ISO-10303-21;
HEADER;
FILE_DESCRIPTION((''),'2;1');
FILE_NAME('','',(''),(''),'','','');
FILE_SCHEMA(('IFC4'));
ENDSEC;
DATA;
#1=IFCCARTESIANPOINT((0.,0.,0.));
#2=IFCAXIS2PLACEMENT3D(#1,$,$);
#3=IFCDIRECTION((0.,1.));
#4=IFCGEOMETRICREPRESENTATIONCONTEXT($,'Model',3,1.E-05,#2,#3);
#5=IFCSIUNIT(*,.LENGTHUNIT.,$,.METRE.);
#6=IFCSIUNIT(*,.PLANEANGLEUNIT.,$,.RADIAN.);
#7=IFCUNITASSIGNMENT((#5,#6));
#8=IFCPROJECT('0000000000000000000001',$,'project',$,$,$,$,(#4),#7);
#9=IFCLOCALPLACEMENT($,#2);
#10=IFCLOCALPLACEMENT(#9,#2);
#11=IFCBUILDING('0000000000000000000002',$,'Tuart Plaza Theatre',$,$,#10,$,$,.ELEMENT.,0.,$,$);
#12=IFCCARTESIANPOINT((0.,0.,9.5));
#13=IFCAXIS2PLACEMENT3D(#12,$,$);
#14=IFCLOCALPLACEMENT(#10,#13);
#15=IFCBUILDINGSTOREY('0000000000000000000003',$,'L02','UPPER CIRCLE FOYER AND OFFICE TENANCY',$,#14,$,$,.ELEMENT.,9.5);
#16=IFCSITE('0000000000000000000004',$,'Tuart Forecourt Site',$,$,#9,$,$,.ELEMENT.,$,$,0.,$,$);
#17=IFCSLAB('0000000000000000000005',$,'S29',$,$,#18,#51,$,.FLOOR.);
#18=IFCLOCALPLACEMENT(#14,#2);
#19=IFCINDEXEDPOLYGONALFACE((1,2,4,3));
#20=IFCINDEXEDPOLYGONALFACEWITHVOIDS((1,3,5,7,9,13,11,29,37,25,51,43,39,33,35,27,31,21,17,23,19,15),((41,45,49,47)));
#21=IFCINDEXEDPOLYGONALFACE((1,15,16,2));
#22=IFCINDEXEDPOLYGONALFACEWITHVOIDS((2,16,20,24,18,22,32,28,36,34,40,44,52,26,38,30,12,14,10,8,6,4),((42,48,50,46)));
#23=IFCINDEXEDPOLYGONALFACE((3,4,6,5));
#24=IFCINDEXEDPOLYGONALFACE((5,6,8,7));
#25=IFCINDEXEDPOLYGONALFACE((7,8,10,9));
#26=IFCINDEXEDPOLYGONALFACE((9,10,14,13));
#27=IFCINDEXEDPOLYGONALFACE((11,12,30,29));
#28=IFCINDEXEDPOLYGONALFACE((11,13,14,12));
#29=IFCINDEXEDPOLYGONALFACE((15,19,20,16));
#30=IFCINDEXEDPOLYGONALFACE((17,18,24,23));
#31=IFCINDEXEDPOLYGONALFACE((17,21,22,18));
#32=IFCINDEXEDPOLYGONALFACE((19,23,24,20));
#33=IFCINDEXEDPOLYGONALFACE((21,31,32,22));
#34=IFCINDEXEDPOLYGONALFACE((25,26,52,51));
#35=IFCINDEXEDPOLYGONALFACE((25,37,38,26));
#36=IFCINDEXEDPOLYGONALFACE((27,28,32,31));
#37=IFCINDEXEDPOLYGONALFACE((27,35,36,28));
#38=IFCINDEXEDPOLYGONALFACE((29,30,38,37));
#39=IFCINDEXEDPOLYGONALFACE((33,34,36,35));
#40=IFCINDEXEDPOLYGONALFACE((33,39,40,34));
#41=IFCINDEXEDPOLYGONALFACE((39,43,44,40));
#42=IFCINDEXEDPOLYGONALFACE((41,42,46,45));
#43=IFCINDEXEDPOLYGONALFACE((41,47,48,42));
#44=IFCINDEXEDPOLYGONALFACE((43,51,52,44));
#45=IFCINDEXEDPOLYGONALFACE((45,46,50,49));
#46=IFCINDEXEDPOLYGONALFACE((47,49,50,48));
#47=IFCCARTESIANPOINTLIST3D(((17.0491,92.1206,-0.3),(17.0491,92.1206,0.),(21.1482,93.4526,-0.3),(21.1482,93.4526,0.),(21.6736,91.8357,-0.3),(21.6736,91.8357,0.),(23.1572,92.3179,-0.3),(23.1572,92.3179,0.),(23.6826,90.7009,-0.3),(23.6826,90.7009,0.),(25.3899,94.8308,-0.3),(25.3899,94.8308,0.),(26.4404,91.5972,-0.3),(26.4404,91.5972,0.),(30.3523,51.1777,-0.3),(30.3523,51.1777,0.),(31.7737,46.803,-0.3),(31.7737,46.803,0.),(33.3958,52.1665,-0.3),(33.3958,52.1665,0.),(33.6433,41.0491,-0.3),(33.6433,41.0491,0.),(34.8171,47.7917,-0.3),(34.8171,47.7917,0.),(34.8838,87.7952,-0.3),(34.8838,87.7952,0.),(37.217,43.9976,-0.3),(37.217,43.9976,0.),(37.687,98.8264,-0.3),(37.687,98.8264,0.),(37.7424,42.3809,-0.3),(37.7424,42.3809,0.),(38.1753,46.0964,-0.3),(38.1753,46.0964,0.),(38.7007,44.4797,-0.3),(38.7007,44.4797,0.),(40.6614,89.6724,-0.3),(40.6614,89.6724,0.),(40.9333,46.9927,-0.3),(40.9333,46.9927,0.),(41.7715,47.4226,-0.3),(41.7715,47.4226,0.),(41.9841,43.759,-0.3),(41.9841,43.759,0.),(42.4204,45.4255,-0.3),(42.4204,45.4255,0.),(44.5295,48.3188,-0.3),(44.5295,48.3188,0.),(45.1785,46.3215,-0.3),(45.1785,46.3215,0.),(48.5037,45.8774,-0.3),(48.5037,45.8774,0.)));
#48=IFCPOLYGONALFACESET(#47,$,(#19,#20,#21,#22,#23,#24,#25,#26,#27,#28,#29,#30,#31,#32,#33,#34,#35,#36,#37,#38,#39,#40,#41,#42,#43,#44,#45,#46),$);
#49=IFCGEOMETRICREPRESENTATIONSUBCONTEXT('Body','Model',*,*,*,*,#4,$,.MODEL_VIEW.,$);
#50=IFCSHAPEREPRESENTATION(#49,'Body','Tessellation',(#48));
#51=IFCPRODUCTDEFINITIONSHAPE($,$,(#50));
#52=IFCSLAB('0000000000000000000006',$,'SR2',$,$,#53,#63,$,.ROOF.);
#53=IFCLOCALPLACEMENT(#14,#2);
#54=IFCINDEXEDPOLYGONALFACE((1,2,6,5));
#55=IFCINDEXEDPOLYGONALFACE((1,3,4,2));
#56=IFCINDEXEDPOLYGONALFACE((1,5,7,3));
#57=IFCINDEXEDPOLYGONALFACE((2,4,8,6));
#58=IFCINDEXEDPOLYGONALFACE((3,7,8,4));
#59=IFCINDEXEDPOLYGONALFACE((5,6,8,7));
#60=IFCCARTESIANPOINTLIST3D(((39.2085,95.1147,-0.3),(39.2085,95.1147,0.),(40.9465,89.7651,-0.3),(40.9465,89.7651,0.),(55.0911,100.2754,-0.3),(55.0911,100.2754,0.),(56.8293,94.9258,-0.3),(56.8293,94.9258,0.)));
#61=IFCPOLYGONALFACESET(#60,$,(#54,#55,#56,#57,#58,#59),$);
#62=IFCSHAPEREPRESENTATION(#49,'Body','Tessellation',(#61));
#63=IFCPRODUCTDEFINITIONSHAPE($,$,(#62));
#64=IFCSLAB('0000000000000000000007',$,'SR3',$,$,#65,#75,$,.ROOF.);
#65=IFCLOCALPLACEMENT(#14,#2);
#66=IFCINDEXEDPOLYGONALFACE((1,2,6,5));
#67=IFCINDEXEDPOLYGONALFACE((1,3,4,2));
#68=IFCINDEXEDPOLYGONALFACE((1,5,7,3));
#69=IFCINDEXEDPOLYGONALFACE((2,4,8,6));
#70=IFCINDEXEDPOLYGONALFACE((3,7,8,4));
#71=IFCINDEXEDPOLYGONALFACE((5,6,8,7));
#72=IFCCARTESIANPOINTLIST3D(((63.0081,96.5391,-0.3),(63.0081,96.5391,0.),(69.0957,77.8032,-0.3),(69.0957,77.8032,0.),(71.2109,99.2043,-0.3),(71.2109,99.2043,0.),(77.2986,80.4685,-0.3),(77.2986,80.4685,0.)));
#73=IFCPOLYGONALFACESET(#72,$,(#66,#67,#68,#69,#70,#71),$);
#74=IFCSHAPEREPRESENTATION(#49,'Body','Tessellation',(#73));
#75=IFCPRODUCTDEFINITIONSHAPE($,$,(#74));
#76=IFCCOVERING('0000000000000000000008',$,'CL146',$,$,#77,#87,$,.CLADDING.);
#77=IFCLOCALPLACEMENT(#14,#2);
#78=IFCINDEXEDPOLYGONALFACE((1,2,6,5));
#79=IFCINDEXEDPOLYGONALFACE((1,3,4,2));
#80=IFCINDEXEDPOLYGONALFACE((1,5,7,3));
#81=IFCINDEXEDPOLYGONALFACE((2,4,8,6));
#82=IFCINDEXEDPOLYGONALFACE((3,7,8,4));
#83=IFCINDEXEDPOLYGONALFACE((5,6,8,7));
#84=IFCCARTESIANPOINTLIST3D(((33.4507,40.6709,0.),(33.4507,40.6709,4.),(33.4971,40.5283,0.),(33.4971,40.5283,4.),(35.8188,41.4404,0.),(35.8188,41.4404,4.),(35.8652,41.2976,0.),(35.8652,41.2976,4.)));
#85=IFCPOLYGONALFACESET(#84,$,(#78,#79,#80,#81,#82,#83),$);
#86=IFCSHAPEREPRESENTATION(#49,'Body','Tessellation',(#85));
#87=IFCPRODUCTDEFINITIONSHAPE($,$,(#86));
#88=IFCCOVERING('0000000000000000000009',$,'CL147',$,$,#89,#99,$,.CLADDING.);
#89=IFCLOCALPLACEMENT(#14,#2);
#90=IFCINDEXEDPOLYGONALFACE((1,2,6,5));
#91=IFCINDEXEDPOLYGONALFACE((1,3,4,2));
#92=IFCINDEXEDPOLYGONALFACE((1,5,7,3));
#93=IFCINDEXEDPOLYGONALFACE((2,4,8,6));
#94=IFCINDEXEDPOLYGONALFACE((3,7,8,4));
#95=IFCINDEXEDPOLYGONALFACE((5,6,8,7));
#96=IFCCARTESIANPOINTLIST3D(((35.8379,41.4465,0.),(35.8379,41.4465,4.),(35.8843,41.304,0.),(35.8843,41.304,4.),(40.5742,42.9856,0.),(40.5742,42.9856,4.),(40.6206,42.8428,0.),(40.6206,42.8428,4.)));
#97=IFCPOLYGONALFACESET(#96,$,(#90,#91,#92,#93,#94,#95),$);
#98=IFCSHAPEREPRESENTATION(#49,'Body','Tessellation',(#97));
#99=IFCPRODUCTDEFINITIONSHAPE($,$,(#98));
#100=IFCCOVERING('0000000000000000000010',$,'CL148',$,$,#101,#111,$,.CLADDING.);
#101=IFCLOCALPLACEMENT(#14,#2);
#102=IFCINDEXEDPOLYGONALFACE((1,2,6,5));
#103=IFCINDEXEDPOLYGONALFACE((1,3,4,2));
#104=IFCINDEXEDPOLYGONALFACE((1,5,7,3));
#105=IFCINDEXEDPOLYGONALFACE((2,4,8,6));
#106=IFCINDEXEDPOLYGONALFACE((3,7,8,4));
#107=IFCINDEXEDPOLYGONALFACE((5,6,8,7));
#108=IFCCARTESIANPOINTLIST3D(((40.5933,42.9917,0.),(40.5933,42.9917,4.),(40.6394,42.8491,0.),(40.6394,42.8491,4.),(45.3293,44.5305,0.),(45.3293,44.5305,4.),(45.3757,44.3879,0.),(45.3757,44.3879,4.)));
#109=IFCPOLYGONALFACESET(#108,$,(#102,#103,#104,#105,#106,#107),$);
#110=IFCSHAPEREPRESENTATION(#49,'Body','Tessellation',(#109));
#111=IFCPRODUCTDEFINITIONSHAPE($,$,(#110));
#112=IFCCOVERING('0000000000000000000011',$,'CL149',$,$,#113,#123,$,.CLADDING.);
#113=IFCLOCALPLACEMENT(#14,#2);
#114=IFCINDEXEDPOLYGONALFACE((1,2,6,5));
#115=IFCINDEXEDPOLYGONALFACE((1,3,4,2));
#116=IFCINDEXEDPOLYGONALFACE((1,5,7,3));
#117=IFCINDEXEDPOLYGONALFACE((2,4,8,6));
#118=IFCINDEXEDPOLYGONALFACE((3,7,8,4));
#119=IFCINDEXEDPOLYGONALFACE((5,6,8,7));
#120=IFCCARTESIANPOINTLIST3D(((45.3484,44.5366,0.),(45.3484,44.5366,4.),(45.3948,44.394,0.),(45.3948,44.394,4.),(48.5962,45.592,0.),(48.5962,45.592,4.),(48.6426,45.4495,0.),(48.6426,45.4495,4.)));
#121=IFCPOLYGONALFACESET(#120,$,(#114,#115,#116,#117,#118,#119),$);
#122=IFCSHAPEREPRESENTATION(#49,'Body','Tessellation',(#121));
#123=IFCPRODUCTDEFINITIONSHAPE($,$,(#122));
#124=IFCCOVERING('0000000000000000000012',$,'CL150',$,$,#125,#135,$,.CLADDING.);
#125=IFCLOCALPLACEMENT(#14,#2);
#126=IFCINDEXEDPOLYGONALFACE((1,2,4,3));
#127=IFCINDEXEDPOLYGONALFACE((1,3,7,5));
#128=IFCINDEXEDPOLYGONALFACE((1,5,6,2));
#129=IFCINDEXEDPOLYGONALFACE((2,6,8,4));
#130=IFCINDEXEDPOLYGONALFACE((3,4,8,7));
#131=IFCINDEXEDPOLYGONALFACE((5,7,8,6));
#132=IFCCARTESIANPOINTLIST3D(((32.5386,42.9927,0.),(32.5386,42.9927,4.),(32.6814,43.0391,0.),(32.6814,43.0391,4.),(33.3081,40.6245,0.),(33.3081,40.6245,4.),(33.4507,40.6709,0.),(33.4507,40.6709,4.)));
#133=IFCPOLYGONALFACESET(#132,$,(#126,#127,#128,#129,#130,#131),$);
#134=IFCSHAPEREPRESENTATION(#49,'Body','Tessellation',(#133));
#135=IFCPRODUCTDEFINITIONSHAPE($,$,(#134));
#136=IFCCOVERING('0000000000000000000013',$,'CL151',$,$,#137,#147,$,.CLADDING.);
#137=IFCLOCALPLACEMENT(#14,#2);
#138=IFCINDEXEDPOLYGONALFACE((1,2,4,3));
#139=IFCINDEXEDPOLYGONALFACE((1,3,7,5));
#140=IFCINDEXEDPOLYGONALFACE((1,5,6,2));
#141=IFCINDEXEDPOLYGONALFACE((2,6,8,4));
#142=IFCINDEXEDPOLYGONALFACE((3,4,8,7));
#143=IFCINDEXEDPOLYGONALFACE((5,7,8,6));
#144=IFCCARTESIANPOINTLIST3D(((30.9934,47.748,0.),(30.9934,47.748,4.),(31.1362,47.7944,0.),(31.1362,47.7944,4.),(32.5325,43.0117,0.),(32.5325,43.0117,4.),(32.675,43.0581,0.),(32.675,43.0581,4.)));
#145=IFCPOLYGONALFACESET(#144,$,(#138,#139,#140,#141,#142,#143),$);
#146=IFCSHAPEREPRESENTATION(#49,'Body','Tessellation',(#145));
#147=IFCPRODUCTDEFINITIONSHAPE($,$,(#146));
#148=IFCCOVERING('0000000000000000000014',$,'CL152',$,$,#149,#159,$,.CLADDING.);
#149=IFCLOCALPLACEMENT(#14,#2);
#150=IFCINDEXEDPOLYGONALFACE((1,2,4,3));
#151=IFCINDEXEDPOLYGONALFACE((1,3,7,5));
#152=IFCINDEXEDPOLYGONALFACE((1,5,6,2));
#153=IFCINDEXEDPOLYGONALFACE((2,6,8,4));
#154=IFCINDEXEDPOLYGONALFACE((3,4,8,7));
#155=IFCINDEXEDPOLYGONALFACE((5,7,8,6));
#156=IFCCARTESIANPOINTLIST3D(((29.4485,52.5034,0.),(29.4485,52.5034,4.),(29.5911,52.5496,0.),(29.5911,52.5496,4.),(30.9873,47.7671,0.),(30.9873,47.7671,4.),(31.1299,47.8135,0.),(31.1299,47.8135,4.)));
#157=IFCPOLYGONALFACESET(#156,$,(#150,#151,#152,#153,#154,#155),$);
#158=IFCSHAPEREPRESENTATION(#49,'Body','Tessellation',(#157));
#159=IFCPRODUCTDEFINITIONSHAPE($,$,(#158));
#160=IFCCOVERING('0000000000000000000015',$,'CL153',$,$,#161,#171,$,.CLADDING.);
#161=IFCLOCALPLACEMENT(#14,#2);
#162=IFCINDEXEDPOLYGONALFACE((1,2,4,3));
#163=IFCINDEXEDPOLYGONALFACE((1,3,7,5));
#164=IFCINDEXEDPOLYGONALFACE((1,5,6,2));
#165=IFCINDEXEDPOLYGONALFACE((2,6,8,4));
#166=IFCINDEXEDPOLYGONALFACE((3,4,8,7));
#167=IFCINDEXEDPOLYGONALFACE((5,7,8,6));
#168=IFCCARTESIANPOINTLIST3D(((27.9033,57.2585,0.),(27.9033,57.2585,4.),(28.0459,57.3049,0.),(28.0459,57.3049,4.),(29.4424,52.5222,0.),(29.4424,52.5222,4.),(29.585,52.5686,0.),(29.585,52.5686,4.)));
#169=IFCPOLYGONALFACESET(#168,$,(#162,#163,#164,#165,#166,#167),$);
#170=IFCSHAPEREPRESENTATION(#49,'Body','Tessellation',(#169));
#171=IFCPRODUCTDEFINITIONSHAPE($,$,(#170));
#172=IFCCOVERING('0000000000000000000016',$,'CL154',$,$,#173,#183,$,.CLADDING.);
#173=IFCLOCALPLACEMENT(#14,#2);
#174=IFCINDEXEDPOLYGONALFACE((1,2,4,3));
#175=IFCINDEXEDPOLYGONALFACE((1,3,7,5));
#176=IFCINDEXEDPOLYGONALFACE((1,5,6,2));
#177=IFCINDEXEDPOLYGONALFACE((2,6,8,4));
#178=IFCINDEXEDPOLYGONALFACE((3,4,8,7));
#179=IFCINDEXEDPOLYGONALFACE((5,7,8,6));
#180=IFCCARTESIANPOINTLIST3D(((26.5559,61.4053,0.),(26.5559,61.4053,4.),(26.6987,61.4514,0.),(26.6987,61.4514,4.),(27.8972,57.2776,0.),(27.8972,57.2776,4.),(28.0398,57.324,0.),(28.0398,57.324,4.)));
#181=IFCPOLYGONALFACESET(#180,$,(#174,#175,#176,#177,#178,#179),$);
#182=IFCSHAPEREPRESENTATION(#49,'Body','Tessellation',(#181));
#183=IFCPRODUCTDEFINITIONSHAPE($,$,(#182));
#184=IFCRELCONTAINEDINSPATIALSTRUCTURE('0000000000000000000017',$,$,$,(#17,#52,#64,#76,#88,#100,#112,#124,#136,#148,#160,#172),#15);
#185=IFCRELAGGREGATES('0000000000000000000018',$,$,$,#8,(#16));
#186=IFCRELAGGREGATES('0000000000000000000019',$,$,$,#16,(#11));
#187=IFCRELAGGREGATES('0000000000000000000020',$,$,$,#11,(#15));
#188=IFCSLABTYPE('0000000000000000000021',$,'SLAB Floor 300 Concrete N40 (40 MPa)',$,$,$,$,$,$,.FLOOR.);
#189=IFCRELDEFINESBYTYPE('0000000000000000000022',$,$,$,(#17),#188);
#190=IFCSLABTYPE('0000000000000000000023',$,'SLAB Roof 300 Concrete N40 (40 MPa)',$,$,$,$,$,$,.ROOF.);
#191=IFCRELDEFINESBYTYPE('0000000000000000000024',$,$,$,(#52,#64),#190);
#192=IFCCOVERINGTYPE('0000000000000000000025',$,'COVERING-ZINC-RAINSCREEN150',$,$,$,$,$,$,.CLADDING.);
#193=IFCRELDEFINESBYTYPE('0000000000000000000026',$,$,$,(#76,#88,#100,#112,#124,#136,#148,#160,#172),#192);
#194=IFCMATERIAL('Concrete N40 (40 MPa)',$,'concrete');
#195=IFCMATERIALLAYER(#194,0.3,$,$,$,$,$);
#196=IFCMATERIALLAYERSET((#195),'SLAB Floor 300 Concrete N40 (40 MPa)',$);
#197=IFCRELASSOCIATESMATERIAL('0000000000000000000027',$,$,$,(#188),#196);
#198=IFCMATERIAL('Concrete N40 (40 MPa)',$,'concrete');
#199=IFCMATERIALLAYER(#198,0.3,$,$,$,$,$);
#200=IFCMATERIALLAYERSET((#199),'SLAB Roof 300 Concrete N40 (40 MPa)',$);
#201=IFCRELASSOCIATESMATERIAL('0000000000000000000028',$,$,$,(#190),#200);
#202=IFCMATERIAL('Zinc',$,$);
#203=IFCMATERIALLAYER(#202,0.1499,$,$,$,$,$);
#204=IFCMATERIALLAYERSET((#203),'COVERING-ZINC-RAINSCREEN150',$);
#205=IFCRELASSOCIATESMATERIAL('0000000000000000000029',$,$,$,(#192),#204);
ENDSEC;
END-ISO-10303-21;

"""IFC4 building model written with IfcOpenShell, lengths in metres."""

from ifc_helpers import new_model, si_unit, direction, frame, origin, place, context, subcontext, project, spatial, polyline, outline, extrude, material, layer, layer_set, type_object, element, save


model = new_model("IFC4")

# Units and contexts
model_context = context("Model", 3, precision=1e-05, world=origin(), true_north=direction((0.0, 1.0)))
body_context = subcontext(model_context, "Body", "Model", "MODEL_VIEW")
ifc_project = project(units=[si_unit("LENGTHUNIT", "METRE"), si_unit("PLANEANGLEUNIT", "RADIAN")], contexts=[model_context])

# Site, building, storey
site_placement = place(None, origin())
site = spatial("IfcSite", under=ifc_project, at=site_placement, Name="Tuart Forecourt Site", CompositionType="ELEMENT", RefElevation=0.0)
building_placement = place(site_placement, origin())
building = spatial("IfcBuilding", under=site, at=building_placement, Name="Tuart Plaza Theatre", CompositionType="ELEMENT", ElevationOfRefHeight=0.0)
storey_placement = place(building_placement, frame((0.0, 0.0, 9.5)))
storey = spatial("IfcBuildingStorey", under=building, at=storey_placement, Name="L02", Description="UPPER CIRCLE FOYER AND OFFICE TENANCY", CompositionType="ELEMENT", Elevation=9.5)

# Slabs
ifc_material_1 = material(Name="Concrete N40 (40 MPa)", Category="concrete")
ifc_layer_1 = layer(ifc_material_1, 0.3)
ifc_layer_set_1 = layer_set([ifc_layer_1], Name="SLAB Floor 300 Concrete N40 (40 MPa)")
slab_type_1 = type_object("IfcSlabType", Name="SLAB Floor 300 Concrete N40 (40 MPa)", PredefinedType="FLOOR", material=ifc_layer_set_1)
slab_1_placement = place(storey_placement, frame((0.0, 0.0, -0.3)))
element("IfcSlab", 1, at=slab_1_placement, inside=storey, type_object=slab_type_1, Name="S29", PredefinedType="FLOOR", context=body_context, shape_type="SweptSolid", body=[
    extrude(outline(polyline([(21.1482, 93.4526), (17.0491, 92.1206), (30.3523, 51.1777), (33.3958, 52.1665), (34.8171, 47.7917), (31.7737, 46.803), (33.6433, 41.0491), (37.7424, 42.3809), (37.217, 43.9976), (38.7007, 44.4797), (38.1753, 46.0964), (40.9333, 46.9927), (41.9841, 43.759), (48.5037, 45.8774), (34.8838, 87.7952), (40.6614, 89.6724), (37.687, 98.8264), (25.3899, 94.8308), (26.4404, 91.5972), (23.6826, 90.7009), (23.1572, 92.3179), (21.6736, 91.8357), (21.1482, 93.4526)]), holes=[polyline([(44.5295, 48.3188), (41.7715, 47.4226), (42.4204, 45.4255), (45.1785, 46.3215), (44.5295, 48.3188)])]), origin(), (0.0, 0.0, 1.0), 0.3),
])
ifc_material_2 = material(Name="Concrete N40 (40 MPa)", Category="concrete")
ifc_layer_2 = layer(ifc_material_2, 0.3)
ifc_layer_set_2 = layer_set([ifc_layer_2], Name="SLAB Roof 300 Concrete N40 (40 MPa)")
slab_type_2 = type_object("IfcSlabType", Name="SLAB Roof 300 Concrete N40 (40 MPa)", PredefinedType="ROOF", material=ifc_layer_set_2)
slab_2_placement = place(storey_placement, frame((0.0, 0.0, -0.3)))
element("IfcSlab", 2, at=slab_2_placement, inside=storey, type_object=slab_type_2, Name="SR2", PredefinedType="ROOF", context=body_context, shape_type="SweptSolid", body=[
    extrude(outline(polyline([(56.8293, 94.9258), (55.0911, 100.2754), (39.2085, 95.1147), (40.9465, 89.7651), (56.8293, 94.9258)])), origin(), (0.0, 0.0, 1.0), 0.3),
])
slab_3_placement = place(storey_placement, frame((0.0, 0.0, -0.3)))
element("IfcSlab", 3, at=slab_3_placement, inside=storey, type_object=slab_type_2, Name="SR3", PredefinedType="ROOF", context=body_context, shape_type="SweptSolid", body=[
    extrude(outline(polyline([(77.2986, 80.4685), (71.2109, 99.2043), (63.0081, 96.5391), (69.0957, 77.8032), (77.2986, 80.4685)])), origin(), (0.0, 0.0, 1.0), 0.3),
])

# Coverings
ifc_material_3 = material(Name="Zinc")
ifc_layer_3 = layer(ifc_material_3, 0.1499)
ifc_layer_set_3 = layer_set([ifc_layer_3], Name="COVERING-ZINC-RAINSCREEN150")
covering_type = type_object("IfcCoveringType", Name="COVERING-ZINC-RAINSCREEN150", PredefinedType="CLADDING", material=ifc_layer_set_3)
covering_1_placement = place(storey_placement, origin())
element("IfcCovering", 4, at=covering_1_placement, inside=storey, type_object=covering_type, Name="CL146", PredefinedType="CLADDING", context=body_context, shape_type="SweptSolid", body=[
    extrude(outline(polyline([(33.4507, 40.6709), (35.8188, 41.4404), (35.8652, 41.2976), (33.4971, 40.5283), (33.4507, 40.6709)])), origin(), (0.0, 0.0, 1.0), 4.0),
])
covering_2_placement = place(storey_placement, origin())
element("IfcCovering", 5, at=covering_2_placement, inside=storey, type_object=covering_type, Name="CL147", PredefinedType="CLADDING", context=body_context, shape_type="SweptSolid", body=[
    extrude(outline(polyline([(35.8379, 41.4465), (40.5742, 42.9856), (40.6206, 42.8428), (35.8843, 41.304), (35.8379, 41.4465)])), origin(), (0.0, 0.0, 1.0), 4.0),
])
covering_3_placement = place(storey_placement, origin())
element("IfcCovering", 6, at=covering_3_placement, inside=storey, type_object=covering_type, Name="CL148", PredefinedType="CLADDING", context=body_context, shape_type="SweptSolid", body=[
    extrude(outline(polyline([(40.5933, 42.9917), (45.3293, 44.5305), (45.3757, 44.3879), (40.6394, 42.8491), (40.5933, 42.9917)])), origin(), (0.0, 0.0, 1.0), 4.0),
])
covering_4_placement = place(storey_placement, origin())
element("IfcCovering", 7, at=covering_4_placement, inside=storey, type_object=covering_type, Name="CL149", PredefinedType="CLADDING", context=body_context, shape_type="SweptSolid", body=[
    extrude(outline(polyline([(45.3484, 44.5366), (48.5962, 45.592), (48.6426, 45.4495), (45.3948, 44.394), (45.3484, 44.5366)])), origin(), (0.0, 0.0, 1.0), 4.0),
])
covering_5_placement = place(storey_placement, origin())
element("IfcCovering", 8, at=covering_5_placement, inside=storey, type_object=covering_type, Name="CL150", PredefinedType="CLADDING", context=body_context, shape_type="SweptSolid", body=[
    extrude(outline(polyline([(33.3081, 40.6245), (32.5386, 42.9927), (32.6814, 43.0391), (33.4507, 40.6709), (33.3081, 40.6245)])), origin(), (0.0, 0.0, 1.0), 4.0),
])
covering_6_placement = place(storey_placement, origin())
element("IfcCovering", 9, at=covering_6_placement, inside=storey, type_object=covering_type, Name="CL151", PredefinedType="CLADDING", context=body_context, shape_type="SweptSolid", body=[
    extrude(outline(polyline([(32.5325, 43.0117), (30.9934, 47.748), (31.1362, 47.7944), (32.675, 43.0581), (32.5325, 43.0117)])), origin(), (0.0, 0.0, 1.0), 4.0),
])
covering_7_placement = place(storey_placement, origin())
element("IfcCovering", 10, at=covering_7_placement, inside=storey, type_object=covering_type, Name="CL152", PredefinedType="CLADDING", context=body_context, shape_type="SweptSolid", body=[
    extrude(outline(polyline([(30.9873, 47.7671), (29.4485, 52.5034), (29.5911, 52.5496), (31.1299, 47.8135), (30.9873, 47.7671)])), origin(), (0.0, 0.0, 1.0), 4.0),
])
covering_8_placement = place(storey_placement, origin())
element("IfcCovering", 11, at=covering_8_placement, inside=storey, type_object=covering_type, Name="CL153", PredefinedType="CLADDING", context=body_context, shape_type="SweptSolid", body=[
    extrude(outline(polyline([(29.4424, 52.5222), (27.9033, 57.2585), (28.0459, 57.3049), (29.585, 52.5686), (29.4424, 52.5222)])), origin(), (0.0, 0.0, 1.0), 4.0),
])
covering_9_placement = place(storey_placement, origin())
element("IfcCovering", 12, at=covering_9_placement, inside=storey, type_object=covering_type, Name="CL154", PredefinedType="CLADDING", context=body_context, shape_type="SweptSolid", body=[
    extrude(outline(polyline([(27.8972, 57.2776), (26.5559, 61.4053), (26.6987, 61.4514), (28.0398, 57.324), (27.8972, 57.2776)])), origin(), (0.0, 0.0, 1.0), 4.0),
])

save(model, "model.ifc")
